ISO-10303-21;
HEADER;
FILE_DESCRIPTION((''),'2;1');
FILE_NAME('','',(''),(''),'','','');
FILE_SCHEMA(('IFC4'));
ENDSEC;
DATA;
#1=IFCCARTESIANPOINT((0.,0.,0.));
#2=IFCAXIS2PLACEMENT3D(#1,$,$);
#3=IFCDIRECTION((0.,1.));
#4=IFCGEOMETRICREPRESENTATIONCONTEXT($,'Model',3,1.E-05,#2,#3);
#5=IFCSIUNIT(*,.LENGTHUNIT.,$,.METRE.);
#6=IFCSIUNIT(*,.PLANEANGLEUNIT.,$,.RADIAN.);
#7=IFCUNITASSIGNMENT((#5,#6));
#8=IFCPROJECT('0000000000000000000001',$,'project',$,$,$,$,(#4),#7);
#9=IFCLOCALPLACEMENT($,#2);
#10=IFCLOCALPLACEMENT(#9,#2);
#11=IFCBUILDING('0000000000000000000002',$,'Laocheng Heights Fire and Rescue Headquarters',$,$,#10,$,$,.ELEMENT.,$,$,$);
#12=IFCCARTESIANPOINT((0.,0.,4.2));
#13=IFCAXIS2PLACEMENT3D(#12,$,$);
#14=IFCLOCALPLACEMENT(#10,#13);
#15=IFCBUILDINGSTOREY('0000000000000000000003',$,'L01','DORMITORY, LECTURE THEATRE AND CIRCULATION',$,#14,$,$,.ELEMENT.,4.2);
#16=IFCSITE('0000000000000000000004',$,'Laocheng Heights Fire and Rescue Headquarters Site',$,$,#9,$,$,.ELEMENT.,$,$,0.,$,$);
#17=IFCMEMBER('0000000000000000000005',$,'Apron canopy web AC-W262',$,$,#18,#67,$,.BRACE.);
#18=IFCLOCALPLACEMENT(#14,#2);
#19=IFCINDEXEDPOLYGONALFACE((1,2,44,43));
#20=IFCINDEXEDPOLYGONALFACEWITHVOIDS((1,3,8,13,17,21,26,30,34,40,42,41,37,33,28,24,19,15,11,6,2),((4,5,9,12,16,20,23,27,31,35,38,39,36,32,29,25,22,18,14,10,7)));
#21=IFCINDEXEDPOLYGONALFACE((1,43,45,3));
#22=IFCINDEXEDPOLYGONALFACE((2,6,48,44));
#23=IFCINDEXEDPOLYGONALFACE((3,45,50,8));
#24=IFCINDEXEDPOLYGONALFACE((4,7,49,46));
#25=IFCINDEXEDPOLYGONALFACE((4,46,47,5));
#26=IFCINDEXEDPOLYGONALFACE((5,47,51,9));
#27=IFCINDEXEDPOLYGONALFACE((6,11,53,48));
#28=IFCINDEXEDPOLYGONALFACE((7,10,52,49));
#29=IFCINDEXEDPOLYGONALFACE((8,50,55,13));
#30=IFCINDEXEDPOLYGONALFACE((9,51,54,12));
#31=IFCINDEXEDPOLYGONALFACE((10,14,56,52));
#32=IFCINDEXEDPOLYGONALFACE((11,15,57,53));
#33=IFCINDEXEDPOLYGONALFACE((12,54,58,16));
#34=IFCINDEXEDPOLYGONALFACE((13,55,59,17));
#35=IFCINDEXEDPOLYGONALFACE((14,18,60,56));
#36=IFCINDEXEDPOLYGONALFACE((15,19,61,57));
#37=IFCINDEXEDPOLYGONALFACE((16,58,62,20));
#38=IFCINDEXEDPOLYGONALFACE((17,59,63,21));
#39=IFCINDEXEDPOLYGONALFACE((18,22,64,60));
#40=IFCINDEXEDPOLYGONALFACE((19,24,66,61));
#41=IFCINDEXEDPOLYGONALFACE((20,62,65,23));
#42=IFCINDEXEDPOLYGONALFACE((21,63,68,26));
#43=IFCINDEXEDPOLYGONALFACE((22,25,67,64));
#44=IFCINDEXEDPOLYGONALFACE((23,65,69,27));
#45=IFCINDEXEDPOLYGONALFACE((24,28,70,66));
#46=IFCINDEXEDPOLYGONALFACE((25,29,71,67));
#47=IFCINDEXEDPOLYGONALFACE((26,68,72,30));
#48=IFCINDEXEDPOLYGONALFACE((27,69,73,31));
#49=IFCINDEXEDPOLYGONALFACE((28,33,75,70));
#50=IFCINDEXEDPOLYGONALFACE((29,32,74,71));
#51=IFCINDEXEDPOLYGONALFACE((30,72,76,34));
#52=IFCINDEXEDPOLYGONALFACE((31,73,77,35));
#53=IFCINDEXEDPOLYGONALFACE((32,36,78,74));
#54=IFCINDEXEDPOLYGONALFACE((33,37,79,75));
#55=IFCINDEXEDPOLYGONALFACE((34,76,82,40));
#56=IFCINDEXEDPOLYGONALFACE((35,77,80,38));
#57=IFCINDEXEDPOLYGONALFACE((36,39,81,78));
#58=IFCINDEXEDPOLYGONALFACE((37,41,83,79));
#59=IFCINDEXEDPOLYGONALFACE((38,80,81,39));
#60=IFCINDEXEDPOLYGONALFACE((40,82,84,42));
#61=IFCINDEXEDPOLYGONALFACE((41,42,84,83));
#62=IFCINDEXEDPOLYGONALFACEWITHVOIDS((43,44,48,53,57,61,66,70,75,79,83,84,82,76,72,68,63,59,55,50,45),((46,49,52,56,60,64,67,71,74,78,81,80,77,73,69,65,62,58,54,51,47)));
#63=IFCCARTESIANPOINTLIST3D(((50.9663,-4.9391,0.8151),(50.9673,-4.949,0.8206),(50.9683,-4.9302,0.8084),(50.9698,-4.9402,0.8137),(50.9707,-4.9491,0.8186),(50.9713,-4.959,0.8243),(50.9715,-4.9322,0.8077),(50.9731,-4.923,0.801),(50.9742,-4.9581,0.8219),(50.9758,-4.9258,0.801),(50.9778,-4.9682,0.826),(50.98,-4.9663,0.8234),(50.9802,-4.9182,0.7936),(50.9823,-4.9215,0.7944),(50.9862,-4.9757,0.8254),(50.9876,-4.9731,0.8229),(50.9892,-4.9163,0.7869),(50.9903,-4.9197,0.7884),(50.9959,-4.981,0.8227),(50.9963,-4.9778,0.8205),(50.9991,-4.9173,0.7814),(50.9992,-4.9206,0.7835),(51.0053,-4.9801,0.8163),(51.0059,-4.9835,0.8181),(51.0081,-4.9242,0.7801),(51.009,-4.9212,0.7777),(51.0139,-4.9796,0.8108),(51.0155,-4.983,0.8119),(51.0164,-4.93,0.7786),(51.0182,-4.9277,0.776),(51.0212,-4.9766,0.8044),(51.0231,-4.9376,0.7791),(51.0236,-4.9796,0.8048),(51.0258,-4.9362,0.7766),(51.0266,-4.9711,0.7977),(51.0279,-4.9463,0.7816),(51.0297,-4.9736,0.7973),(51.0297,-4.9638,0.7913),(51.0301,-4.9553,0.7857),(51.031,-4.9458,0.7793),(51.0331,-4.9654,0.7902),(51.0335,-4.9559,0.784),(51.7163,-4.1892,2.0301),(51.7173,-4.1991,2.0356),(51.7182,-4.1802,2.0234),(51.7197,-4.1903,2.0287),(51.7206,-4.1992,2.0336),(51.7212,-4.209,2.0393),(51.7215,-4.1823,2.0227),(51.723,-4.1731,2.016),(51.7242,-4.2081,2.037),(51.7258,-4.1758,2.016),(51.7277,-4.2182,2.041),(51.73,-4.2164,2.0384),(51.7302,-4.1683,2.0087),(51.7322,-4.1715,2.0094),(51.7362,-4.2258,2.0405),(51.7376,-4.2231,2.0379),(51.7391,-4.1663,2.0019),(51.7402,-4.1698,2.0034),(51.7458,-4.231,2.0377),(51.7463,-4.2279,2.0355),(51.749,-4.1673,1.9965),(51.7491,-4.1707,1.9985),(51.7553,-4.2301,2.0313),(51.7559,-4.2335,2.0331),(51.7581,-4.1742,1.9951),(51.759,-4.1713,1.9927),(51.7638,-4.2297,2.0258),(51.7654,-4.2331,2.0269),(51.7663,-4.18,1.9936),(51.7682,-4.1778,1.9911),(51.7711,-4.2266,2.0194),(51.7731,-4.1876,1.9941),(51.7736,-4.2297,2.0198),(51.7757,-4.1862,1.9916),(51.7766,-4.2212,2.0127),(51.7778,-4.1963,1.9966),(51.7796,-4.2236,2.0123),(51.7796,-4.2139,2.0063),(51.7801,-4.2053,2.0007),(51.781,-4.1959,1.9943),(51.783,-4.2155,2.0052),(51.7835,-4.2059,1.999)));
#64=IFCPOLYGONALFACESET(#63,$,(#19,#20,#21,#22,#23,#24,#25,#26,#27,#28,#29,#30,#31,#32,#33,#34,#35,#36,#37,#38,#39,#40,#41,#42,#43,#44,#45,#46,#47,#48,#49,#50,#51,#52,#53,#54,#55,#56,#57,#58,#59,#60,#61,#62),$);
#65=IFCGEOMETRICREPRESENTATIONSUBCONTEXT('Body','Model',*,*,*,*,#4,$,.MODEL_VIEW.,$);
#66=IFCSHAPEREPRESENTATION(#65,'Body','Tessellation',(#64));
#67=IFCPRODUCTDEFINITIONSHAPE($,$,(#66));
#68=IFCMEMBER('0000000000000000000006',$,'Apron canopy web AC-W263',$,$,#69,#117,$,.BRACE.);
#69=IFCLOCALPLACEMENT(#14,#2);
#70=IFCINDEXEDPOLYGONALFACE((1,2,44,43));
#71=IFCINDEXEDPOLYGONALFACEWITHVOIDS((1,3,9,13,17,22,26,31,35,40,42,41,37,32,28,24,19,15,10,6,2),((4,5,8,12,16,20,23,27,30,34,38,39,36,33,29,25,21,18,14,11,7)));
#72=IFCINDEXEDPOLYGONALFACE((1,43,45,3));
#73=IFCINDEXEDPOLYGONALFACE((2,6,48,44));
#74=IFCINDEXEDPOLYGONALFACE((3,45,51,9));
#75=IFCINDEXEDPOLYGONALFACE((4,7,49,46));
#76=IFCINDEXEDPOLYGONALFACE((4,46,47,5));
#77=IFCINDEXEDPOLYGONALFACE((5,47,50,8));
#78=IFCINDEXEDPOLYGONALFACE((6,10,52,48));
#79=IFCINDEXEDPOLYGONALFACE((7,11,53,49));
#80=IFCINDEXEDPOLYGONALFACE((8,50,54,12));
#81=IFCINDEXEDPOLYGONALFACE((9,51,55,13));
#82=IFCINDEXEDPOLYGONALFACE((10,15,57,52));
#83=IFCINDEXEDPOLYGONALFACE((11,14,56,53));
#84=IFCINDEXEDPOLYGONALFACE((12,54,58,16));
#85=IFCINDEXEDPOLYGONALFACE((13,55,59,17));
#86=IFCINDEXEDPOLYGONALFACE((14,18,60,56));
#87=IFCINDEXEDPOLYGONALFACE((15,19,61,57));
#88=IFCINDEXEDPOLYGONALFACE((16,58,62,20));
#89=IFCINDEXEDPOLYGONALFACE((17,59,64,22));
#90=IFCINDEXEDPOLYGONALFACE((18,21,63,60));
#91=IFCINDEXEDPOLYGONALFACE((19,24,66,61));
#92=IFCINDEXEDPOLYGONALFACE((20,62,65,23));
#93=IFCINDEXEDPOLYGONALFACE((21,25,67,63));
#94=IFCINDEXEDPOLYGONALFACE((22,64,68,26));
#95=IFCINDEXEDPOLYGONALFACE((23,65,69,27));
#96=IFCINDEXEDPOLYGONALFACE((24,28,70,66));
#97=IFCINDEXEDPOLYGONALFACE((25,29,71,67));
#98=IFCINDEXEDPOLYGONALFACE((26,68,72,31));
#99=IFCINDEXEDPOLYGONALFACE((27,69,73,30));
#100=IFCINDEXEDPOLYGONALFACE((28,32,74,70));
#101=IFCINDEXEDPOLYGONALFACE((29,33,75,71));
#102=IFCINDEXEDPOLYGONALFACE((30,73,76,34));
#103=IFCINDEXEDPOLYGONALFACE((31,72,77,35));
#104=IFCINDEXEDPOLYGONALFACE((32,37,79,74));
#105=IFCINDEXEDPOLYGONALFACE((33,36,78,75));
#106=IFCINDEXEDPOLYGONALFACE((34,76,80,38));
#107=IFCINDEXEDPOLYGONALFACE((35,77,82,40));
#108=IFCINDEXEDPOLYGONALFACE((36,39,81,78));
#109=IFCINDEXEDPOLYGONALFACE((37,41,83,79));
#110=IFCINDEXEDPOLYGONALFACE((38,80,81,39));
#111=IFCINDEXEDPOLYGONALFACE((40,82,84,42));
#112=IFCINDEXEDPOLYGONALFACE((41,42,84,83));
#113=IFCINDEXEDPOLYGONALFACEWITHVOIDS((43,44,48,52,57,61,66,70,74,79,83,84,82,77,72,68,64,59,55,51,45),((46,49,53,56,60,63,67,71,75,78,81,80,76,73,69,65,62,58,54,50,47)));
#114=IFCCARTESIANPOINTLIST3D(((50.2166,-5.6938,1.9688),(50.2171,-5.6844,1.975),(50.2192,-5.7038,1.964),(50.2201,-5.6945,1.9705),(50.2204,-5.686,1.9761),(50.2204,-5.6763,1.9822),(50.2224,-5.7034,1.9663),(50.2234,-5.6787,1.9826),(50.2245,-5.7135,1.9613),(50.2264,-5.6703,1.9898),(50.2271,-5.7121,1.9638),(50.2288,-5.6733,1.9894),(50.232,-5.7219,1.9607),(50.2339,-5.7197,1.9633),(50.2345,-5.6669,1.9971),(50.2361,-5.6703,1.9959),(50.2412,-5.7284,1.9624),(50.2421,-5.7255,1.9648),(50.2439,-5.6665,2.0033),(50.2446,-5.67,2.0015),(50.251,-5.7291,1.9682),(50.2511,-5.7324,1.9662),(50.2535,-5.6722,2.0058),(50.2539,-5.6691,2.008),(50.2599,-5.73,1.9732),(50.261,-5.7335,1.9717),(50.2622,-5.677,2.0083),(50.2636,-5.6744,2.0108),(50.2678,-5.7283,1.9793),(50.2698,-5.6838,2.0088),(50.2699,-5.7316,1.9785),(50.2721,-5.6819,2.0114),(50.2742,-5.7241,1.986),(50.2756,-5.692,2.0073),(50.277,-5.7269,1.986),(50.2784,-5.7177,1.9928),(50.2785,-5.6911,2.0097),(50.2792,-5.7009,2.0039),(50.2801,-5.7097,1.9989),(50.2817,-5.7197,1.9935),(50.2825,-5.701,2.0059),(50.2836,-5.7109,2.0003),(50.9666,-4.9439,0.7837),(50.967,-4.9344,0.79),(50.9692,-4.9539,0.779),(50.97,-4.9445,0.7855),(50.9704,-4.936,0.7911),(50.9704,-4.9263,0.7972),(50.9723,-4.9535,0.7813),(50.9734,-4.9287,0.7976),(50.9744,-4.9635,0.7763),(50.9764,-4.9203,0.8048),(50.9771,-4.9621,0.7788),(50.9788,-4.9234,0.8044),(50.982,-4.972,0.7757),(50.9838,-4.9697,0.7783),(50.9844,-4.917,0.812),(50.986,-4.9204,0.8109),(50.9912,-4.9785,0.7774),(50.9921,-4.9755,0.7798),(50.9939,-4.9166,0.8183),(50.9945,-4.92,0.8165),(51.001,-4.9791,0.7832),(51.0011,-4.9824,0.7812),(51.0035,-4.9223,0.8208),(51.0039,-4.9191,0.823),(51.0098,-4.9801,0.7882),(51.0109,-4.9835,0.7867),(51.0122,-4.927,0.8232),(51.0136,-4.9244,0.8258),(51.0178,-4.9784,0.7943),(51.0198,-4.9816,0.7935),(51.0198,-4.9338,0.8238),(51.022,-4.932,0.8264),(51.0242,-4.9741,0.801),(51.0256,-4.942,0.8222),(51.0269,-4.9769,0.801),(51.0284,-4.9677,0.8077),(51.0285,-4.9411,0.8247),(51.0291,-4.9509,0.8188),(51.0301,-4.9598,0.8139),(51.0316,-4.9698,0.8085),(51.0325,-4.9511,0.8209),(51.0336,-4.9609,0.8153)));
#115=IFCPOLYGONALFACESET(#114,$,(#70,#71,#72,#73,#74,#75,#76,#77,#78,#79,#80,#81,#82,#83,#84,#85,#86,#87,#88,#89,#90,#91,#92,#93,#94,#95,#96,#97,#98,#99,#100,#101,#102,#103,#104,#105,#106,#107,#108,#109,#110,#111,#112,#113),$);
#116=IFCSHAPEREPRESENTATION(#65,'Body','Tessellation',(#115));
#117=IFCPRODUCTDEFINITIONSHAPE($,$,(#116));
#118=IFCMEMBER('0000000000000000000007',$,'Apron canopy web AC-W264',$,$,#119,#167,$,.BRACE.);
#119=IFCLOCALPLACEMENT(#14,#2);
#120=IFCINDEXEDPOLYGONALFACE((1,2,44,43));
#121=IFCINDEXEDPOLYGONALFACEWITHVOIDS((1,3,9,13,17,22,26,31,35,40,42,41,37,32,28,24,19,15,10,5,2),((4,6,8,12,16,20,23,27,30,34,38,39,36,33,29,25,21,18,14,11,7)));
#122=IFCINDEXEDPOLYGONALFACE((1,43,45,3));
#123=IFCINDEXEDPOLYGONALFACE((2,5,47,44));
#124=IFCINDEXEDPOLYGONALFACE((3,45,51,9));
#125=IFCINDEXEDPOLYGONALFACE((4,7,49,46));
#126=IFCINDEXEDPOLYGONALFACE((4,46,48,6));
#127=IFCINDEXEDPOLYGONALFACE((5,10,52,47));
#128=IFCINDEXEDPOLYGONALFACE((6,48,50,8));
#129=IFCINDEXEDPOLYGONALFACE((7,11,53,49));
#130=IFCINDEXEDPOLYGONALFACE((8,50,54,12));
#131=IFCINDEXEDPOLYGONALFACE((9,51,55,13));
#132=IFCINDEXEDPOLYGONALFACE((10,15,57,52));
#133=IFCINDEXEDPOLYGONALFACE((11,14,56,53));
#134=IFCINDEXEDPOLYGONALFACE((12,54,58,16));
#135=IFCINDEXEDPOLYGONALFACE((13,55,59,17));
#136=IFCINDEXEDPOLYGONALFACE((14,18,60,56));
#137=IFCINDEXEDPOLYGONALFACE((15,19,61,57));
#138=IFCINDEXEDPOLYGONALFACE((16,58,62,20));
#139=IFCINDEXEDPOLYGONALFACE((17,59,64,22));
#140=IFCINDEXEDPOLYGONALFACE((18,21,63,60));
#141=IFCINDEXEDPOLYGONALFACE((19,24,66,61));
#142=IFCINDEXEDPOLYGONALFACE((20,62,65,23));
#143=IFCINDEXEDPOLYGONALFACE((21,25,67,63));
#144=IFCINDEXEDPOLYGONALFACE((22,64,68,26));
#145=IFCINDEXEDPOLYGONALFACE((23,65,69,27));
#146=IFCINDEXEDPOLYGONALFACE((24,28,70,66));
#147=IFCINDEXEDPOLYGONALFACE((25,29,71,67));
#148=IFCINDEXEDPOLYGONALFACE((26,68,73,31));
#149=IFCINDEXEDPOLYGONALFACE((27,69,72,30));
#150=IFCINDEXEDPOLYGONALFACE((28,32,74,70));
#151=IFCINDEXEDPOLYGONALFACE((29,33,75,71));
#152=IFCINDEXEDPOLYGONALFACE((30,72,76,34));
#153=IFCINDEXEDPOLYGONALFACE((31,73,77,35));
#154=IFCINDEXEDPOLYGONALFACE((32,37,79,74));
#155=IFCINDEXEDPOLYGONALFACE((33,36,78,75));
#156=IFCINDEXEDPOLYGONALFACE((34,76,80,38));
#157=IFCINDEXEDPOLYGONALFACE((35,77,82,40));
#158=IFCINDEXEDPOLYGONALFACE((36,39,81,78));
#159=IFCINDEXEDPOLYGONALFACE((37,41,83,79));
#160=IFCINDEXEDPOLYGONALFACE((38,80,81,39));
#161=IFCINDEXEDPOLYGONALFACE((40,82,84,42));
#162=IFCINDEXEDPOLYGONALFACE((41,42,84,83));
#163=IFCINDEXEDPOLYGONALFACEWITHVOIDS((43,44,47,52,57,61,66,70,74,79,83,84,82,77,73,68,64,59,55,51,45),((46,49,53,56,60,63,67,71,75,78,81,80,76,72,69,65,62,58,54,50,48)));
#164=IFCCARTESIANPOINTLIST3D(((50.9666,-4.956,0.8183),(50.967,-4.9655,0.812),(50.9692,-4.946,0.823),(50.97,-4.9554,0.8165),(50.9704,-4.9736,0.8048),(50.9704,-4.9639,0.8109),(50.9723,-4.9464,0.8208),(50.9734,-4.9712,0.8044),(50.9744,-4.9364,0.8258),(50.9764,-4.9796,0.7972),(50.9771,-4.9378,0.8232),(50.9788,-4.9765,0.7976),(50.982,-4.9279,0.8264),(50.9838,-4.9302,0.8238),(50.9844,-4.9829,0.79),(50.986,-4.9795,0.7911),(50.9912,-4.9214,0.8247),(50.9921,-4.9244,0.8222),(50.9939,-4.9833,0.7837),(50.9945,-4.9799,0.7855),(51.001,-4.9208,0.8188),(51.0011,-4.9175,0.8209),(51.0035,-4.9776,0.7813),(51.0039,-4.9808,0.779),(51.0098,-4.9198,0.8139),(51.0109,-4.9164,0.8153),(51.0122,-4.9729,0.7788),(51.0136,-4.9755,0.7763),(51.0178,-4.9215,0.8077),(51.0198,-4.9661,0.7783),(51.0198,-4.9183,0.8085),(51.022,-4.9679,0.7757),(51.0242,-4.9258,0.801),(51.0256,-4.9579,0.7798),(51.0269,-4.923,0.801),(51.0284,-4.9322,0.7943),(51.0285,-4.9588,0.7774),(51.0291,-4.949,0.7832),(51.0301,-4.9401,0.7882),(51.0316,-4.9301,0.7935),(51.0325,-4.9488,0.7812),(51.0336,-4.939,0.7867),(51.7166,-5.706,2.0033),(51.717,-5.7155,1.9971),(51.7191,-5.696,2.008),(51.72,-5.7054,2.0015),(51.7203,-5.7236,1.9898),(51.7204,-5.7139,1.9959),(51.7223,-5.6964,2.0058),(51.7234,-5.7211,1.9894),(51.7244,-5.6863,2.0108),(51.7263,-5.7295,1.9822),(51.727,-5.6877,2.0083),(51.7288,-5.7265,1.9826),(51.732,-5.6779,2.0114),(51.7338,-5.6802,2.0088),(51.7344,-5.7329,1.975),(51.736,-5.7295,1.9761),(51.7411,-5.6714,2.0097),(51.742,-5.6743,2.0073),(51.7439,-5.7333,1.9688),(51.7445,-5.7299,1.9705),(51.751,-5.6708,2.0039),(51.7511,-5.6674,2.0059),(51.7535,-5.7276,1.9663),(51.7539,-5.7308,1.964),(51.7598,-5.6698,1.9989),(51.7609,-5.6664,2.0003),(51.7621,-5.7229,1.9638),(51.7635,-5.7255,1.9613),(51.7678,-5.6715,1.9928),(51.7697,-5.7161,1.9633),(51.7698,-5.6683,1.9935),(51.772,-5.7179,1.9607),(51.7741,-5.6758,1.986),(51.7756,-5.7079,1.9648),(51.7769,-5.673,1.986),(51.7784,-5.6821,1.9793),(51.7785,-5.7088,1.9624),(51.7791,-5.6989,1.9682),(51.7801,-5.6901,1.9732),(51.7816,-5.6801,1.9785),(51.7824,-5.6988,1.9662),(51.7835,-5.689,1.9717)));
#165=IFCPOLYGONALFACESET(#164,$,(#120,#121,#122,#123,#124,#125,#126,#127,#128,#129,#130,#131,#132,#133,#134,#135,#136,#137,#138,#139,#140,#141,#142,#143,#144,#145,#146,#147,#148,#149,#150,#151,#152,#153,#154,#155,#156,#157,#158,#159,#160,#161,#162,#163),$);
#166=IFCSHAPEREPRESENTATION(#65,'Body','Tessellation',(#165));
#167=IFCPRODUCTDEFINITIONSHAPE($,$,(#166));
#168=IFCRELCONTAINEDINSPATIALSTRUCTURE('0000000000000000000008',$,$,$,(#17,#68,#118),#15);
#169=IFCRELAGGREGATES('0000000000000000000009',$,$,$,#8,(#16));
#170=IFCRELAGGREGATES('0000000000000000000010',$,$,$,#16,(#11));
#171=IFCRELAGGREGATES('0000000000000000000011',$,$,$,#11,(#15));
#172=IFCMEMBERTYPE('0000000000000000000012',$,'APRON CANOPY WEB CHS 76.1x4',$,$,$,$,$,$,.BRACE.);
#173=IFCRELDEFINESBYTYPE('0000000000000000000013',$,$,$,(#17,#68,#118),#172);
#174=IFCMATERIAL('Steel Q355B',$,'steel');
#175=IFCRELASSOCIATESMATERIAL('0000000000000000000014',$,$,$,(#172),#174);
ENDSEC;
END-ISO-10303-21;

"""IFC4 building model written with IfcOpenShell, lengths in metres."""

from ifc_helpers import new_model, si_unit, direction, frame, origin, origin_2d, place, context, subcontext, project, spatial, hollow_circle, extrude, material, material_profile, profile_set, type_object, element, save


model = new_model("IFC4")

# Units and contexts
model_context = context("Model", 3, precision=1e-05, world=origin(), true_north=direction((0.0, 1.0)))
body_context = subcontext(model_context, "Body", "Model", "MODEL_VIEW")
ifc_project = project(units=[si_unit("LENGTHUNIT", "METRE"), si_unit("PLANEANGLEUNIT", "RADIAN")], contexts=[model_context])

# Site, building, storey
site_placement = place(None, origin())
site = spatial("IfcSite", under=ifc_project, at=site_placement, Name="Laocheng Heights Fire and Rescue Headquarters Site", CompositionType="ELEMENT", RefElevation=0.0)
building_placement = place(site_placement, origin())
building = spatial("IfcBuilding", under=site, at=building_placement, Name="Laocheng Heights Fire and Rescue Headquarters", CompositionType="ELEMENT")
storey_placement = place(building_placement, frame((0.0, 0.0, 4.2)))
storey = spatial("IfcBuildingStorey", under=building, at=storey_placement, Name="L01", Description="DORMITORY, LECTURE THEATRE AND CIRCULATION", CompositionType="ELEMENT", Elevation=4.2)

# Members
ifc_material_1 = material(Name="Steel Q355B", Category="steel")
ifc_material_profile_1 = material_profile(ifc_material_1, hollow_circle(Radius=0.0381, WallThickness=0.0039, at=origin_2d()), Name="CHS 76.1x4")
ifc_profile_set_1 = profile_set([ifc_material_profile_1], Name="Steel Q355B")
member_type_1 = type_object("IfcMemberType", Name="APRON CANOPY WEB CHS 76.1x4", PredefinedType="BRACE", material=ifc_profile_set_1)
for number, where, z_axis, x_axis, name in (
    (1, (51.0, -4.95, 0.801), (0.465002, 0.465002, 0.753357), (-0.707107, 0.707107, 0.0), "Apron canopy web AC-W262"),
):
    element("IfcMember", number, at=place(storey_placement, frame(where, z_axis=z_axis, x_axis=x_axis)), inside=storey, type_object=member_type_1, Name=name, PredefinedType="BRACE", context=body_context, shape_type="SweptSolid", body=[
        extrude(hollow_circle(Radius=0.0381, WallThickness=0.0039, at=origin_2d()), origin(), (0.0, 0.0, 1.0), 1.6128),
    ])
for number, where, z_axis, x_axis, name in (
    (2, (51.0, -4.95, 0.801), (-0.47158, -0.47158, 0.745134), (0.707107, -0.707107, 0.0), "Apron canopy web AC-W263"),
    (3, (51.0, -4.95, 0.801), (0.47158, -0.47158, 0.745134), (0.707107, 0.707107, 0.0), "Apron canopy web AC-W264"),
):
    element("IfcMember", number, at=place(storey_placement, frame(where, z_axis=z_axis, x_axis=x_axis)), inside=storey, type_object=member_type_1, Name=name, PredefinedType="BRACE", context=body_context, shape_type="SweptSolid", body=[
        extrude(hollow_circle(Radius=0.0381, WallThickness=0.0039, at=origin_2d()), origin(), (0.0, 0.0, 1.0), 1.5903),
    ])

save(model, "model.ifc")
